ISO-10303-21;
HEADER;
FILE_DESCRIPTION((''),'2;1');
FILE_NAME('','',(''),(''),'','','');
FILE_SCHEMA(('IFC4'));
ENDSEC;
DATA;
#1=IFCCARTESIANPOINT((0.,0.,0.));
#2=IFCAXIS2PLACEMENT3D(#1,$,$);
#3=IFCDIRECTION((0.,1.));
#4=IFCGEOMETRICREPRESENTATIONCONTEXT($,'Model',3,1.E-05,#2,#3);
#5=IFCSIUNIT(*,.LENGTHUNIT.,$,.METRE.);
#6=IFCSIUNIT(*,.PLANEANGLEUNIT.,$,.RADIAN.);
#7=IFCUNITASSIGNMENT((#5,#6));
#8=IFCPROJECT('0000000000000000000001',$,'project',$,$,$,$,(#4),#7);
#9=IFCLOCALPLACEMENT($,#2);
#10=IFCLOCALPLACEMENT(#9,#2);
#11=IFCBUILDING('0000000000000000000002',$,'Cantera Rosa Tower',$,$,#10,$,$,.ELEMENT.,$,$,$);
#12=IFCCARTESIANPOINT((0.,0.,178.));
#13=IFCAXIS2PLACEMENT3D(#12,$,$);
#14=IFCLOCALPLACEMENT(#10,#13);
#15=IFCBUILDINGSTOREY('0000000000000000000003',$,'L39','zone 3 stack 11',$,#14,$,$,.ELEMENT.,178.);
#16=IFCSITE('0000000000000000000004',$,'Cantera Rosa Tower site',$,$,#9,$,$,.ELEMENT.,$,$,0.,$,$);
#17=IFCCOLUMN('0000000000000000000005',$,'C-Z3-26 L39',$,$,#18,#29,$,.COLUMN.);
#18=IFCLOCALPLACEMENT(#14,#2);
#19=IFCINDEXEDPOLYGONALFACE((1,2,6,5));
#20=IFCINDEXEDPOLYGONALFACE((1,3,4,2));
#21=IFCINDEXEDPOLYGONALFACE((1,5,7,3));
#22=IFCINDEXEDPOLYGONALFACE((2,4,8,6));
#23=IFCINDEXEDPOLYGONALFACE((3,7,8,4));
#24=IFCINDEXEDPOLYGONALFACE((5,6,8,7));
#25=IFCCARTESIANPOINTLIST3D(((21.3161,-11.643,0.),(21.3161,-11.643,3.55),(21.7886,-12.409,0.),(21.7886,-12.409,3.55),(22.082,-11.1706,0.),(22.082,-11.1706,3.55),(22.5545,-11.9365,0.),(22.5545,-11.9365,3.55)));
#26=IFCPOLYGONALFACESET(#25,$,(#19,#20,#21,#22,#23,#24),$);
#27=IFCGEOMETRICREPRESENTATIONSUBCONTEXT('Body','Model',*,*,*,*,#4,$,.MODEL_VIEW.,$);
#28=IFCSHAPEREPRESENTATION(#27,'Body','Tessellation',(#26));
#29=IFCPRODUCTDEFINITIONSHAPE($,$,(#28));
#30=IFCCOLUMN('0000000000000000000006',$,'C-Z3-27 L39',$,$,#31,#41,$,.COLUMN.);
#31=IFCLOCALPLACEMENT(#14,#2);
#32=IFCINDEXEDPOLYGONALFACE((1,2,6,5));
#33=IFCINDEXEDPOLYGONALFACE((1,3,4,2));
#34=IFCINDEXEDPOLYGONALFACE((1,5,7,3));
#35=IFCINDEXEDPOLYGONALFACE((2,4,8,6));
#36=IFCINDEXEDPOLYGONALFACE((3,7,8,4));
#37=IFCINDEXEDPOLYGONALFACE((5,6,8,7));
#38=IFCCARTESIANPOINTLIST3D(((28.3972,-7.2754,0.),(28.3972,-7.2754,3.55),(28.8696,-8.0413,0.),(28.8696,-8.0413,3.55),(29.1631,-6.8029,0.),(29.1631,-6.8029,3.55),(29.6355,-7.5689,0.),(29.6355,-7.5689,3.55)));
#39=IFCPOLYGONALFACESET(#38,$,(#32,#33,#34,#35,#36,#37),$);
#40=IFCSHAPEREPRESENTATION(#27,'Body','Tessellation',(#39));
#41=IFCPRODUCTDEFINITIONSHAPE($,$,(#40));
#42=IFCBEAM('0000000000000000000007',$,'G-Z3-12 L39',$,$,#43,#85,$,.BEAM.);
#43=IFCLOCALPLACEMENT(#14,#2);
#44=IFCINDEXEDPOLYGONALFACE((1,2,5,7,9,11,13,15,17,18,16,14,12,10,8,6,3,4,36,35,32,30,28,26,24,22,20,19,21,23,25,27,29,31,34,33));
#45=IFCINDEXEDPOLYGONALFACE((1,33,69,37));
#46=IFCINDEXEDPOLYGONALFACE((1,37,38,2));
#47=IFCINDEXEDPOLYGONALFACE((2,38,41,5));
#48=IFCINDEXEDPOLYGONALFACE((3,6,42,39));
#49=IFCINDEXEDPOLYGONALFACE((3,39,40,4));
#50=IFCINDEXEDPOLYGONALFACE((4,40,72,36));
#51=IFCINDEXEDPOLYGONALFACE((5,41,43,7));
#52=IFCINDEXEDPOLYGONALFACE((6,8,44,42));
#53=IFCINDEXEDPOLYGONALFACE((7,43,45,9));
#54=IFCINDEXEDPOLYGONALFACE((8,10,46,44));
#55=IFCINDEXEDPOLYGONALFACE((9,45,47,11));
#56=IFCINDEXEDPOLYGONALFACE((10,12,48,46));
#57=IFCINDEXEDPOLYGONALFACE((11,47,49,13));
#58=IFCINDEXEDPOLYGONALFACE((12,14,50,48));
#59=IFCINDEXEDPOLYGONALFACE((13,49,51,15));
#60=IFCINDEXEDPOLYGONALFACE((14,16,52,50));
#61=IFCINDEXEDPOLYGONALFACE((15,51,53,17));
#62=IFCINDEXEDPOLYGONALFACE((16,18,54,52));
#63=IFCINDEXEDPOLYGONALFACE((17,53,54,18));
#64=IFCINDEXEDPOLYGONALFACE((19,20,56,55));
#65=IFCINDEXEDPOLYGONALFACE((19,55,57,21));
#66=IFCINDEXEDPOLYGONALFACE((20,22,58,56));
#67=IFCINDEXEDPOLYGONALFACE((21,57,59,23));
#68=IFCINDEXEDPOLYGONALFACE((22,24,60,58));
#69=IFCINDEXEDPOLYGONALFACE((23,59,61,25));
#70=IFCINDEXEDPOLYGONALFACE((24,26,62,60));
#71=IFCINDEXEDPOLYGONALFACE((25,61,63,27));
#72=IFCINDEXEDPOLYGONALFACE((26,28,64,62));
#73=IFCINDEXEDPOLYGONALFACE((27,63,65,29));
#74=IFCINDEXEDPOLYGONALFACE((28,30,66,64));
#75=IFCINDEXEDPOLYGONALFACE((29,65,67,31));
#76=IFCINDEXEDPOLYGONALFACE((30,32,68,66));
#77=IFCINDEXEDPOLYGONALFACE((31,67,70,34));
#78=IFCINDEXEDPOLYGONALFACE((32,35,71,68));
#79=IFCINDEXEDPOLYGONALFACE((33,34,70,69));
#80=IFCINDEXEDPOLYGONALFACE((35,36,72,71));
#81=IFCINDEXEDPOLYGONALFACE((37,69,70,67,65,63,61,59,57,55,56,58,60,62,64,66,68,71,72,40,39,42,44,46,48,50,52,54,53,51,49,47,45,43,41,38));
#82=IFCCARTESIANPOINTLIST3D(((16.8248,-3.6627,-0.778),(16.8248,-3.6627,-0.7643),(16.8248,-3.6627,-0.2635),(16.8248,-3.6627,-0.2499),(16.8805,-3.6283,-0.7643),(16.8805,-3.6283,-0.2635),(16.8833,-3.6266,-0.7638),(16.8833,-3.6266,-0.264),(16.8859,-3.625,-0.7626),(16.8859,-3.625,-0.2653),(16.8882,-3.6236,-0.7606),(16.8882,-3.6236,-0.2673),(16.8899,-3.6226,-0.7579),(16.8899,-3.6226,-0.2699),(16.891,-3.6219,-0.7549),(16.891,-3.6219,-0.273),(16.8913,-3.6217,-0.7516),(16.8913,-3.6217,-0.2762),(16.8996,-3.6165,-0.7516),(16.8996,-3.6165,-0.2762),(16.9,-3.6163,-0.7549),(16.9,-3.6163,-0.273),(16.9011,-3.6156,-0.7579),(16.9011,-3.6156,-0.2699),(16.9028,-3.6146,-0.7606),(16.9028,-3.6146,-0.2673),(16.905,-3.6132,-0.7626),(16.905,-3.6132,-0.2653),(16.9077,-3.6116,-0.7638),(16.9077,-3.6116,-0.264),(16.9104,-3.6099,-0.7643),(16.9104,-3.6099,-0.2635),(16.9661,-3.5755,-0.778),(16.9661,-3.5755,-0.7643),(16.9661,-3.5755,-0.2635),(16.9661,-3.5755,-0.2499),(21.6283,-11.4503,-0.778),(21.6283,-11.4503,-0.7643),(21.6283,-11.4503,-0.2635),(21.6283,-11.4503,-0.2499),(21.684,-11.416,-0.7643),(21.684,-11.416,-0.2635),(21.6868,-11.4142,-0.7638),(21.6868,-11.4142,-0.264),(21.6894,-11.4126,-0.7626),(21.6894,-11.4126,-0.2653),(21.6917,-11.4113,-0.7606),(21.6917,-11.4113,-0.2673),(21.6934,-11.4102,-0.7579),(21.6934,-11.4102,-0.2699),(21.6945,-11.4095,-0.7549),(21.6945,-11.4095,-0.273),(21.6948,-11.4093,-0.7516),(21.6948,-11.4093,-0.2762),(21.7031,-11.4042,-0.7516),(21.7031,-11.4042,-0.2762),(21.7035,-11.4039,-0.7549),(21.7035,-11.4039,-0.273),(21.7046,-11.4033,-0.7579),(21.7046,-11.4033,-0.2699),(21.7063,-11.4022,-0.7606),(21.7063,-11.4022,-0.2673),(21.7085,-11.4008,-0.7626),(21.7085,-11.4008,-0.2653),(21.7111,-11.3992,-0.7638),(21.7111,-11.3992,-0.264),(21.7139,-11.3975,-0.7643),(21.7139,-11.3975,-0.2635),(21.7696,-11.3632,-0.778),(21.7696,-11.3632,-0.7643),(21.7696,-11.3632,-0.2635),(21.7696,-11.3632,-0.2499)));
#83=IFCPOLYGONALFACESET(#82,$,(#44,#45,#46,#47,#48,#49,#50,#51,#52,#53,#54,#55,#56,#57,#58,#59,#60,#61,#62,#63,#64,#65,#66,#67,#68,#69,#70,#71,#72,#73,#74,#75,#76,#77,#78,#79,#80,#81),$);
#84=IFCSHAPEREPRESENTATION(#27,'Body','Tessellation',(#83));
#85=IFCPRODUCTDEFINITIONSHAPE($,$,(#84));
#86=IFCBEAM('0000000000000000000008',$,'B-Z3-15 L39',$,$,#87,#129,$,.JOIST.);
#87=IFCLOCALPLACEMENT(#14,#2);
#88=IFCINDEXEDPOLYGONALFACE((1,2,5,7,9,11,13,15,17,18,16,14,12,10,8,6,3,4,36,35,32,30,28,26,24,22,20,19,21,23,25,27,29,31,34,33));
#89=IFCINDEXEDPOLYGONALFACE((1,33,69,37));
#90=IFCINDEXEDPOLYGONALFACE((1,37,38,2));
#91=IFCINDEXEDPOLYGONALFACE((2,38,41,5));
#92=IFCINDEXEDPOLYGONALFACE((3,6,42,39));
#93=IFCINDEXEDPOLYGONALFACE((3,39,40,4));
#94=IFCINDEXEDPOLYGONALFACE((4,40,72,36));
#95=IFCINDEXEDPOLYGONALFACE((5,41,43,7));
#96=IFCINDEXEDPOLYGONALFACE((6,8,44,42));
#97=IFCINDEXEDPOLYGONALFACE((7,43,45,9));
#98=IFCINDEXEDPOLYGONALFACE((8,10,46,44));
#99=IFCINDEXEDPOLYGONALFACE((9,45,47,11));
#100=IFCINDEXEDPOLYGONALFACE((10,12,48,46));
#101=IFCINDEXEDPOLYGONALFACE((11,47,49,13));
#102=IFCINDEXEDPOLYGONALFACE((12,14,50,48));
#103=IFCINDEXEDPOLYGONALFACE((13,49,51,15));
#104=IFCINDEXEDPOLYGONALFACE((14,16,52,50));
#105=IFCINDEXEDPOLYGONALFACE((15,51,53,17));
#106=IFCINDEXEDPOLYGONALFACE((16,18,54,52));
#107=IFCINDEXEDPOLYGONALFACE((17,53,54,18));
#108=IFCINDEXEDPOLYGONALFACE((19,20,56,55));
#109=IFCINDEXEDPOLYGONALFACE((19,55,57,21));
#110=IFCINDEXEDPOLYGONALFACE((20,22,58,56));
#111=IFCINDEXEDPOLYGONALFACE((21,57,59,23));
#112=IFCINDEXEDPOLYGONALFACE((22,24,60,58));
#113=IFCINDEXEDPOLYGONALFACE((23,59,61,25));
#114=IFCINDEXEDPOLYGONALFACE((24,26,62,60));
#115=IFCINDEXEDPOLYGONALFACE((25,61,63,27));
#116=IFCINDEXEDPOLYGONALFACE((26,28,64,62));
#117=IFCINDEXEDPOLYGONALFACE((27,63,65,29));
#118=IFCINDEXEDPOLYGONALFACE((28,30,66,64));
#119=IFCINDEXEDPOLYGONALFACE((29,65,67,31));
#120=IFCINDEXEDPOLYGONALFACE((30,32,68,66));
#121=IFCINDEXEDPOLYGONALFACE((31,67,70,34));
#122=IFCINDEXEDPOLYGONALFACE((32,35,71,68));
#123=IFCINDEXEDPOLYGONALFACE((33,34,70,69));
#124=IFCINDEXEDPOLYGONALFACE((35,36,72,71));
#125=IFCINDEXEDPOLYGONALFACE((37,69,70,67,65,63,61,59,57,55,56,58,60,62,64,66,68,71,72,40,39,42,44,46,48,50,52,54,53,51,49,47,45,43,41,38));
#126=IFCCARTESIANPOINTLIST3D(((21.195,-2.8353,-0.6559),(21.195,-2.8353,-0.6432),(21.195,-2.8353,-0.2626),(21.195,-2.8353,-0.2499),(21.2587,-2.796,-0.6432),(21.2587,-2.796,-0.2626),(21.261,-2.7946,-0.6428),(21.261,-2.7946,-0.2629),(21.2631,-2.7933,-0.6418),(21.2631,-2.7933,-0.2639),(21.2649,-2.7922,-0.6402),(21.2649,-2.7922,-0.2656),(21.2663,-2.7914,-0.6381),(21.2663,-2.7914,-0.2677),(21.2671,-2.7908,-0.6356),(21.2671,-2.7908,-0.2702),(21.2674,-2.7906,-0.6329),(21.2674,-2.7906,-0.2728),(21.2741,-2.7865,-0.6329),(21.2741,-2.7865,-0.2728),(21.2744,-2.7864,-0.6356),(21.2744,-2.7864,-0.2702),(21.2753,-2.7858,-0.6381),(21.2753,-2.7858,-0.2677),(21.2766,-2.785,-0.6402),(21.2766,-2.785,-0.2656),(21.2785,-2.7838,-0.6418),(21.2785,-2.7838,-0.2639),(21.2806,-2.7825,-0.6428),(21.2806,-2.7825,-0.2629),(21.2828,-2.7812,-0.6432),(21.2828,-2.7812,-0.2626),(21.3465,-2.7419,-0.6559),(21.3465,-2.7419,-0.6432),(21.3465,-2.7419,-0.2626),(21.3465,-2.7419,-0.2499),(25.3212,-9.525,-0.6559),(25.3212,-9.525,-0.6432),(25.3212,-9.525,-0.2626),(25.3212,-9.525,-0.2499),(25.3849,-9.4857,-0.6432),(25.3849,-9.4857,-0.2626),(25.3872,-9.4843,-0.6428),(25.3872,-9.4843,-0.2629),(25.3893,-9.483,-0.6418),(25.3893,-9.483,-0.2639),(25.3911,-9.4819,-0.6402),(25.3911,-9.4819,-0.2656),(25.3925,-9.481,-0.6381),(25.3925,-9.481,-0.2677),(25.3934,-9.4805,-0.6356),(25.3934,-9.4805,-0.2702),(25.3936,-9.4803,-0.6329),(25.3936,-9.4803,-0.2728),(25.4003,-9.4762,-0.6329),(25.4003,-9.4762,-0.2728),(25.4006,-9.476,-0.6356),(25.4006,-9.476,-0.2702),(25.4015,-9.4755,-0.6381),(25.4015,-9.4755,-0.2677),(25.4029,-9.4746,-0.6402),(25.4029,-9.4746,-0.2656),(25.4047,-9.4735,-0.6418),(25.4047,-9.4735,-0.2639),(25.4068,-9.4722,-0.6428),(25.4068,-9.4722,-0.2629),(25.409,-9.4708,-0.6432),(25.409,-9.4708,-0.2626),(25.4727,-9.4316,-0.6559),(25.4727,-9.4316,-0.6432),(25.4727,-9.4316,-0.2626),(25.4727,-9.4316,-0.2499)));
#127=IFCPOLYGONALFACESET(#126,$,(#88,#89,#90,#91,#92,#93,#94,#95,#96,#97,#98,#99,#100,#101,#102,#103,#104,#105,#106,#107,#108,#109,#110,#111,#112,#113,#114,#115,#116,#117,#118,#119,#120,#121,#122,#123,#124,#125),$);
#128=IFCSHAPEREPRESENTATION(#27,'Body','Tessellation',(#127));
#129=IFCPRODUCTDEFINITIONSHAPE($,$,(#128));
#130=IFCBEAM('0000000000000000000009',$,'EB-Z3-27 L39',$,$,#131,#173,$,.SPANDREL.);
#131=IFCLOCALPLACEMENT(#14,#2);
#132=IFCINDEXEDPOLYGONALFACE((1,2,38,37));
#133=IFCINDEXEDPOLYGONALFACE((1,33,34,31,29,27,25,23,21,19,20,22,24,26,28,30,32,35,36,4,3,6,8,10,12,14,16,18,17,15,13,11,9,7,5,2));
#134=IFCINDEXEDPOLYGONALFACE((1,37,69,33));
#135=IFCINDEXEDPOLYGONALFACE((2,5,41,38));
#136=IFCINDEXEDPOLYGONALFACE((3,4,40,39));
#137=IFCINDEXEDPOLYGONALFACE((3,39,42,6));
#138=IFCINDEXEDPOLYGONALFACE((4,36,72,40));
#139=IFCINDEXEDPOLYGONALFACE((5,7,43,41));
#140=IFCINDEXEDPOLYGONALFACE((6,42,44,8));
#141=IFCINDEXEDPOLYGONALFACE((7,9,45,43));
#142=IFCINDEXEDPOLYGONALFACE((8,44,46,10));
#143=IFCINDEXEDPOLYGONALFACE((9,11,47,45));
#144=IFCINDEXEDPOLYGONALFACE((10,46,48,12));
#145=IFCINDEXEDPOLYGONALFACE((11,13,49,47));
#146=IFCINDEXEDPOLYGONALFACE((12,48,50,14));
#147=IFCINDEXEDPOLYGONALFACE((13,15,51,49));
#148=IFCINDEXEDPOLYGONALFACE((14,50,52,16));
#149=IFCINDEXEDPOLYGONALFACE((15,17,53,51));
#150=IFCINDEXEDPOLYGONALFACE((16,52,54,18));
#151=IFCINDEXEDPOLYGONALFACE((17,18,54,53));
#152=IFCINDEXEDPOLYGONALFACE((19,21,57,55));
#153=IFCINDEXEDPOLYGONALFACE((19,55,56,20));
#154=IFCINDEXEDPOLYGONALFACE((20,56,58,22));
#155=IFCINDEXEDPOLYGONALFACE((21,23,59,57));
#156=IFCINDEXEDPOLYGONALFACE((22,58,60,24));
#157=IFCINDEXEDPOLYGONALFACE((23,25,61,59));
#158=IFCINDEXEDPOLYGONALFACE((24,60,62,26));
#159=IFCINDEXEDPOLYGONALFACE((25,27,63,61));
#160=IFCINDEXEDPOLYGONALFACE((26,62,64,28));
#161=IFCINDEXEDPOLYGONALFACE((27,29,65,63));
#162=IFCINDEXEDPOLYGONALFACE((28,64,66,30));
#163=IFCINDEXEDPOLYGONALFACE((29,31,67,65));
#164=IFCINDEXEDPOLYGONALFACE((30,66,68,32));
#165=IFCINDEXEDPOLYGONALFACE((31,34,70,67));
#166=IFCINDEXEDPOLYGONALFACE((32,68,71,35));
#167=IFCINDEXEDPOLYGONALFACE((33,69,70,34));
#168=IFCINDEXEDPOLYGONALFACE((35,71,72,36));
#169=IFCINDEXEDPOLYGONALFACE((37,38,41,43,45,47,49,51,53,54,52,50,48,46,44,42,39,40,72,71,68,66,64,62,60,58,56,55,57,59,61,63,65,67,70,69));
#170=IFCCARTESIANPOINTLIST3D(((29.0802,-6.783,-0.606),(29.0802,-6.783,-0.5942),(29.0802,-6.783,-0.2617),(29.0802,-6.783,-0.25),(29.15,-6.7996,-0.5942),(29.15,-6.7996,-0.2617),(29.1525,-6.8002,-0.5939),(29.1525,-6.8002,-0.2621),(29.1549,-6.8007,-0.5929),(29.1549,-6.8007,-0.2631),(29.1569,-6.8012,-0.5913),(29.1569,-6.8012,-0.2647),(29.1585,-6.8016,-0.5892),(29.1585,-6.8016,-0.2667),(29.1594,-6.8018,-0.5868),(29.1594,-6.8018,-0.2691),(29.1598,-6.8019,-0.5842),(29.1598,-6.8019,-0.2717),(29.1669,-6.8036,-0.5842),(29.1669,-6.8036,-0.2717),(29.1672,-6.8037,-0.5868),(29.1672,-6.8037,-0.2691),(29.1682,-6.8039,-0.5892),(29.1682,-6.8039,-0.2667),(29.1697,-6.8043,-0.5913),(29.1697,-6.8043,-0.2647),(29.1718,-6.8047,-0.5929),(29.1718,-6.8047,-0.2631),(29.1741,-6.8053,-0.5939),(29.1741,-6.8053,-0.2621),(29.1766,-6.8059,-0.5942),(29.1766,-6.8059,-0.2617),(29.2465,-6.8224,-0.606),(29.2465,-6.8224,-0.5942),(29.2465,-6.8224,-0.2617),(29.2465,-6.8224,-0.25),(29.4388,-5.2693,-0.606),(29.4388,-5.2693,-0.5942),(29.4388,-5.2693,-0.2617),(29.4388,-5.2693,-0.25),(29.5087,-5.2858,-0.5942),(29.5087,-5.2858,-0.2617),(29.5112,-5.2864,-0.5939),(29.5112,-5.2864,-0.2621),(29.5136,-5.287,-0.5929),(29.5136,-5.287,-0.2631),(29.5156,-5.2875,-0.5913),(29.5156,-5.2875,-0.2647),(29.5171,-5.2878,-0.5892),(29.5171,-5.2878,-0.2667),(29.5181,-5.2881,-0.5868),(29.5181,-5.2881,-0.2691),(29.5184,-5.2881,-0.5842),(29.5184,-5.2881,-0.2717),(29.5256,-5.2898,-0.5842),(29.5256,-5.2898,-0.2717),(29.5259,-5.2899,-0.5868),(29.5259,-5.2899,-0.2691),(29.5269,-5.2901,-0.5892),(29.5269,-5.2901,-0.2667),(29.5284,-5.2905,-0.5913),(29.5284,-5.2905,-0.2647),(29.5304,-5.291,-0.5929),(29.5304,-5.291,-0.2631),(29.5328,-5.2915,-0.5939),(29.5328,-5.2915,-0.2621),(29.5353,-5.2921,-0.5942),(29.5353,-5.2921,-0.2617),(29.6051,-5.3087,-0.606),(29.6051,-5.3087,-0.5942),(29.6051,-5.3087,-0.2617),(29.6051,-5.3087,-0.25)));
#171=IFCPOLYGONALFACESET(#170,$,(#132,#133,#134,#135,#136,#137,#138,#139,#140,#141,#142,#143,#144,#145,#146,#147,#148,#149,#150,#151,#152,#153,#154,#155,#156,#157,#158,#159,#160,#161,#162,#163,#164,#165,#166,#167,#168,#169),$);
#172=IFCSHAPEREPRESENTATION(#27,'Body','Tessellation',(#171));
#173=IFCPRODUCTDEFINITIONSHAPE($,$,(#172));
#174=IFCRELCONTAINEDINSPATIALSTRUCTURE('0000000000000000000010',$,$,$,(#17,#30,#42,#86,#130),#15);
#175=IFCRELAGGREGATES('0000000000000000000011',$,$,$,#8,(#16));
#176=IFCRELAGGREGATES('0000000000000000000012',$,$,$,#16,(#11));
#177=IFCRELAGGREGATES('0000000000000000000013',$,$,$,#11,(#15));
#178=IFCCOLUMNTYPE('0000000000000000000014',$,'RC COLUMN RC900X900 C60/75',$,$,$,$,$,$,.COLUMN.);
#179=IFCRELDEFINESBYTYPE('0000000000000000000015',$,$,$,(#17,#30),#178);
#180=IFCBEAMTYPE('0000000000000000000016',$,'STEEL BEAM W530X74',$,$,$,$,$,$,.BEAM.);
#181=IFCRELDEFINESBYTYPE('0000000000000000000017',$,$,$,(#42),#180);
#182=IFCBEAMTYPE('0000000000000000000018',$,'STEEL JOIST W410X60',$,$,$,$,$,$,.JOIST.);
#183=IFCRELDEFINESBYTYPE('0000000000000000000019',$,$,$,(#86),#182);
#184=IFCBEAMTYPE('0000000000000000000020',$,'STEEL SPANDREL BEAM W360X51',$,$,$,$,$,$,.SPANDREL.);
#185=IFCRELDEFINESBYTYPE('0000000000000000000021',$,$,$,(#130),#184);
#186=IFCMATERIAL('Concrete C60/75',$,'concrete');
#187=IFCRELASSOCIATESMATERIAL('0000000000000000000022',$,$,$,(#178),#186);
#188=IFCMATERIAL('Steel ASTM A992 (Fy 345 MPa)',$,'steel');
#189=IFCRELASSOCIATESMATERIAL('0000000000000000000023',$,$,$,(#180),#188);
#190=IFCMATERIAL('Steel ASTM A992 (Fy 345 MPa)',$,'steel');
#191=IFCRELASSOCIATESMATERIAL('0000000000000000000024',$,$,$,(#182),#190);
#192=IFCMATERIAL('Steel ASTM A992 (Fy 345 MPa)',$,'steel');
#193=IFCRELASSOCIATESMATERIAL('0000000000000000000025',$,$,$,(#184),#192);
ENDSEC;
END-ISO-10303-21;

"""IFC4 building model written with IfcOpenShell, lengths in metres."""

from ifc_helpers import new_model, si_unit, direction, frame, origin, origin_2d, place, context, subcontext, project, spatial, rectangle, i_section, extrude, material, material_profile, profile_set, type_object, element, save


model = new_model("IFC4")

# Units and contexts
model_context = context("Model", 3, precision=1e-05, world=origin(), true_north=direction((0.0, 1.0)))
body_context = subcontext(model_context, "Body", "Model", "MODEL_VIEW")
ifc_project = project(units=[si_unit("LENGTHUNIT", "METRE"), si_unit("PLANEANGLEUNIT", "RADIAN")], contexts=[model_context])

# Site, building, storey
site_placement = place(None, origin())
site = spatial("IfcSite", under=ifc_project, at=site_placement, Name="Cantera Rosa Tower site", CompositionType="ELEMENT", RefElevation=0.0)
building_placement = place(site_placement, origin())
building = spatial("IfcBuilding", under=site, at=building_placement, Name="Cantera Rosa Tower", CompositionType="ELEMENT")
storey_placement = place(building_placement, frame((0.0, 0.0, 178.0)))
storey = spatial("IfcBuildingStorey", under=building, at=storey_placement, Name="L39", Description="zone 3 stack 11", CompositionType="ELEMENT", Elevation=178.0)

# Columns
ifc_material_1 = material(Name="Concrete C60/75", Category="concrete")
ifc_material_profile_1 = material_profile(ifc_material_1, rectangle(XDim=0.8999, YDim=0.8999, at=origin_2d()), Name="RC COLUMN RC900X900 C60/75")
ifc_profile_set_1 = profile_set([ifc_material_profile_1], Name="Concrete C60/75")
column_type = type_object("IfcColumnType", Name="RC COLUMN RC900X900 C60/75", PredefinedType="COLUMN", material=ifc_profile_set_1)
for number, where, z_axis, x_axis, name in (
    (1, (21.9353, -11.7898, 0.0), (0.0, 0.0, 1.0), (0.851117, 0.524977, 0.0), "C-Z3-26 L39"),
    (2, (29.0164, -7.4221, 0.0), (0.0, 0.0, 1.0), (0.851117, 0.524977, 0.0), "C-Z3-27 L39"),
):
    element("IfcColumn", number, at=place(storey_placement, frame(where, z_axis=z_axis, x_axis=x_axis)), inside=storey, type_object=column_type, Name=name, PredefinedType="COLUMN", context=body_context, shape_type="SweptSolid", body=[
        extrude(rectangle(XDim=0.8999, YDim=0.8999, at=origin_2d()), origin(), (0.0, 0.0, 1.0), 3.55),
    ])

# Beams
ifc_material_2 = material(Name="Steel ASTM A992 (Fy 345 MPa)", Category="steel")
ifc_material_profile_2 = material_profile(ifc_material_2, i_section(OverallWidth=0.166, OverallDepth=0.5281, WebThickness=0.0098, FlangeThickness=0.0137, FilletRadius=0.0127, at=origin_2d()), Name="W530X74")
ifc_profile_set_2 = profile_set([ifc_material_profile_2], Name="Steel ASTM A992 (Fy 345 MPa)")
beam_type_1 = type_object("IfcBeamType", Name="STEEL BEAM W530X74", PredefinedType="BEAM", material=ifc_profile_set_2)
beam_1_placement = place(storey_placement, frame((21.699, -11.4067, -0.5139), z_axis=(-0.524977, 0.851116, 0.0), x_axis=(-0.851116, -0.524977, 0.0)))
element("IfcBeam", 3, at=beam_1_placement, inside=storey, type_object=beam_type_1, Name="G-Z3-12 L39", PredefinedType="BEAM", context=body_context, shape_type="SweptSolid", body=[
    extrude(i_section(OverallWidth=0.166, OverallDepth=0.5281, WebThickness=0.0098, FlangeThickness=0.0137, FilletRadius=0.0127, at=origin_2d()), origin(), (0.0, 0.0, 1.0), 9.1499),
])
ifc_material_3 = material(Name="Steel ASTM A992 (Fy 345 MPa)", Category="steel")
ifc_material_profile_3 = material_profile(ifc_material_3, i_section(OverallWidth=0.178, OverallDepth=0.406, WebThickness=0.0078, FlangeThickness=0.0127, FilletRadius=0.0103, at=origin_2d()), Name="W410X60")
ifc_profile_set_3 = profile_set([ifc_material_profile_3], Name="Steel ASTM A992 (Fy 345 MPa)")
beam_type_2 = type_object("IfcBeamType", Name="STEEL JOIST W410X60", PredefinedType="JOIST", material=ifc_profile_set_3)
beam_2_placement = place(storey_placement, frame((25.397, -9.4783, -0.4529), z_axis=(-0.524972, 0.851119, 0.0), x_axis=(-0.851119, -0.524972, 0.0)))
element("IfcBeam", 4, at=beam_2_placement, inside=storey, type_object=beam_type_2, Name="B-Z3-15 L39", PredefinedType="JOIST", context=body_context, shape_type="SweptSolid", body=[
    extrude(i_section(OverallWidth=0.178, OverallDepth=0.406, WebThickness=0.0078, FlangeThickness=0.0127, FilletRadius=0.0103, at=origin_2d()), origin(), (0.0, 0.0, 1.0), 7.8599),
])
ifc_material_4 = material(Name="Steel ASTM A992 (Fy 345 MPa)", Category="steel")
ifc_material_profile_4 = material_profile(ifc_material_4, i_section(OverallWidth=0.1709, OverallDepth=0.356, WebThickness=0.0073, FlangeThickness=0.0117, FilletRadius=0.01, at=origin_2d()), Name="W360X51")
ifc_profile_set_4 = profile_set([ifc_material_profile_4], Name="Steel ASTM A992 (Fy 345 MPa)")
beam_type_3 = type_object("IfcBeamType", Name="STEEL SPANDREL BEAM W360X51", PredefinedType="SPANDREL", material=ifc_profile_set_4)
beam_3_placement = place(storey_placement, frame((29.1633, -6.8027, -0.428), z_axis=(0.230552, 0.97306, 0.0), x_axis=(-0.97306, 0.230552, 0.0)))
element("IfcBeam", 5, at=beam_3_placement, inside=storey, type_object=beam_type_3, Name="EB-Z3-27 L39", PredefinedType="SPANDREL", context=body_context, shape_type="SweptSolid", body=[
    extrude(i_section(OverallWidth=0.1709, OverallDepth=0.356, WebThickness=0.0073, FlangeThickness=0.0117, FilletRadius=0.01, at=origin_2d()), origin(), (0.0, 0.0, 1.0), 1.5557),
])

save(model, "model.ifc")
